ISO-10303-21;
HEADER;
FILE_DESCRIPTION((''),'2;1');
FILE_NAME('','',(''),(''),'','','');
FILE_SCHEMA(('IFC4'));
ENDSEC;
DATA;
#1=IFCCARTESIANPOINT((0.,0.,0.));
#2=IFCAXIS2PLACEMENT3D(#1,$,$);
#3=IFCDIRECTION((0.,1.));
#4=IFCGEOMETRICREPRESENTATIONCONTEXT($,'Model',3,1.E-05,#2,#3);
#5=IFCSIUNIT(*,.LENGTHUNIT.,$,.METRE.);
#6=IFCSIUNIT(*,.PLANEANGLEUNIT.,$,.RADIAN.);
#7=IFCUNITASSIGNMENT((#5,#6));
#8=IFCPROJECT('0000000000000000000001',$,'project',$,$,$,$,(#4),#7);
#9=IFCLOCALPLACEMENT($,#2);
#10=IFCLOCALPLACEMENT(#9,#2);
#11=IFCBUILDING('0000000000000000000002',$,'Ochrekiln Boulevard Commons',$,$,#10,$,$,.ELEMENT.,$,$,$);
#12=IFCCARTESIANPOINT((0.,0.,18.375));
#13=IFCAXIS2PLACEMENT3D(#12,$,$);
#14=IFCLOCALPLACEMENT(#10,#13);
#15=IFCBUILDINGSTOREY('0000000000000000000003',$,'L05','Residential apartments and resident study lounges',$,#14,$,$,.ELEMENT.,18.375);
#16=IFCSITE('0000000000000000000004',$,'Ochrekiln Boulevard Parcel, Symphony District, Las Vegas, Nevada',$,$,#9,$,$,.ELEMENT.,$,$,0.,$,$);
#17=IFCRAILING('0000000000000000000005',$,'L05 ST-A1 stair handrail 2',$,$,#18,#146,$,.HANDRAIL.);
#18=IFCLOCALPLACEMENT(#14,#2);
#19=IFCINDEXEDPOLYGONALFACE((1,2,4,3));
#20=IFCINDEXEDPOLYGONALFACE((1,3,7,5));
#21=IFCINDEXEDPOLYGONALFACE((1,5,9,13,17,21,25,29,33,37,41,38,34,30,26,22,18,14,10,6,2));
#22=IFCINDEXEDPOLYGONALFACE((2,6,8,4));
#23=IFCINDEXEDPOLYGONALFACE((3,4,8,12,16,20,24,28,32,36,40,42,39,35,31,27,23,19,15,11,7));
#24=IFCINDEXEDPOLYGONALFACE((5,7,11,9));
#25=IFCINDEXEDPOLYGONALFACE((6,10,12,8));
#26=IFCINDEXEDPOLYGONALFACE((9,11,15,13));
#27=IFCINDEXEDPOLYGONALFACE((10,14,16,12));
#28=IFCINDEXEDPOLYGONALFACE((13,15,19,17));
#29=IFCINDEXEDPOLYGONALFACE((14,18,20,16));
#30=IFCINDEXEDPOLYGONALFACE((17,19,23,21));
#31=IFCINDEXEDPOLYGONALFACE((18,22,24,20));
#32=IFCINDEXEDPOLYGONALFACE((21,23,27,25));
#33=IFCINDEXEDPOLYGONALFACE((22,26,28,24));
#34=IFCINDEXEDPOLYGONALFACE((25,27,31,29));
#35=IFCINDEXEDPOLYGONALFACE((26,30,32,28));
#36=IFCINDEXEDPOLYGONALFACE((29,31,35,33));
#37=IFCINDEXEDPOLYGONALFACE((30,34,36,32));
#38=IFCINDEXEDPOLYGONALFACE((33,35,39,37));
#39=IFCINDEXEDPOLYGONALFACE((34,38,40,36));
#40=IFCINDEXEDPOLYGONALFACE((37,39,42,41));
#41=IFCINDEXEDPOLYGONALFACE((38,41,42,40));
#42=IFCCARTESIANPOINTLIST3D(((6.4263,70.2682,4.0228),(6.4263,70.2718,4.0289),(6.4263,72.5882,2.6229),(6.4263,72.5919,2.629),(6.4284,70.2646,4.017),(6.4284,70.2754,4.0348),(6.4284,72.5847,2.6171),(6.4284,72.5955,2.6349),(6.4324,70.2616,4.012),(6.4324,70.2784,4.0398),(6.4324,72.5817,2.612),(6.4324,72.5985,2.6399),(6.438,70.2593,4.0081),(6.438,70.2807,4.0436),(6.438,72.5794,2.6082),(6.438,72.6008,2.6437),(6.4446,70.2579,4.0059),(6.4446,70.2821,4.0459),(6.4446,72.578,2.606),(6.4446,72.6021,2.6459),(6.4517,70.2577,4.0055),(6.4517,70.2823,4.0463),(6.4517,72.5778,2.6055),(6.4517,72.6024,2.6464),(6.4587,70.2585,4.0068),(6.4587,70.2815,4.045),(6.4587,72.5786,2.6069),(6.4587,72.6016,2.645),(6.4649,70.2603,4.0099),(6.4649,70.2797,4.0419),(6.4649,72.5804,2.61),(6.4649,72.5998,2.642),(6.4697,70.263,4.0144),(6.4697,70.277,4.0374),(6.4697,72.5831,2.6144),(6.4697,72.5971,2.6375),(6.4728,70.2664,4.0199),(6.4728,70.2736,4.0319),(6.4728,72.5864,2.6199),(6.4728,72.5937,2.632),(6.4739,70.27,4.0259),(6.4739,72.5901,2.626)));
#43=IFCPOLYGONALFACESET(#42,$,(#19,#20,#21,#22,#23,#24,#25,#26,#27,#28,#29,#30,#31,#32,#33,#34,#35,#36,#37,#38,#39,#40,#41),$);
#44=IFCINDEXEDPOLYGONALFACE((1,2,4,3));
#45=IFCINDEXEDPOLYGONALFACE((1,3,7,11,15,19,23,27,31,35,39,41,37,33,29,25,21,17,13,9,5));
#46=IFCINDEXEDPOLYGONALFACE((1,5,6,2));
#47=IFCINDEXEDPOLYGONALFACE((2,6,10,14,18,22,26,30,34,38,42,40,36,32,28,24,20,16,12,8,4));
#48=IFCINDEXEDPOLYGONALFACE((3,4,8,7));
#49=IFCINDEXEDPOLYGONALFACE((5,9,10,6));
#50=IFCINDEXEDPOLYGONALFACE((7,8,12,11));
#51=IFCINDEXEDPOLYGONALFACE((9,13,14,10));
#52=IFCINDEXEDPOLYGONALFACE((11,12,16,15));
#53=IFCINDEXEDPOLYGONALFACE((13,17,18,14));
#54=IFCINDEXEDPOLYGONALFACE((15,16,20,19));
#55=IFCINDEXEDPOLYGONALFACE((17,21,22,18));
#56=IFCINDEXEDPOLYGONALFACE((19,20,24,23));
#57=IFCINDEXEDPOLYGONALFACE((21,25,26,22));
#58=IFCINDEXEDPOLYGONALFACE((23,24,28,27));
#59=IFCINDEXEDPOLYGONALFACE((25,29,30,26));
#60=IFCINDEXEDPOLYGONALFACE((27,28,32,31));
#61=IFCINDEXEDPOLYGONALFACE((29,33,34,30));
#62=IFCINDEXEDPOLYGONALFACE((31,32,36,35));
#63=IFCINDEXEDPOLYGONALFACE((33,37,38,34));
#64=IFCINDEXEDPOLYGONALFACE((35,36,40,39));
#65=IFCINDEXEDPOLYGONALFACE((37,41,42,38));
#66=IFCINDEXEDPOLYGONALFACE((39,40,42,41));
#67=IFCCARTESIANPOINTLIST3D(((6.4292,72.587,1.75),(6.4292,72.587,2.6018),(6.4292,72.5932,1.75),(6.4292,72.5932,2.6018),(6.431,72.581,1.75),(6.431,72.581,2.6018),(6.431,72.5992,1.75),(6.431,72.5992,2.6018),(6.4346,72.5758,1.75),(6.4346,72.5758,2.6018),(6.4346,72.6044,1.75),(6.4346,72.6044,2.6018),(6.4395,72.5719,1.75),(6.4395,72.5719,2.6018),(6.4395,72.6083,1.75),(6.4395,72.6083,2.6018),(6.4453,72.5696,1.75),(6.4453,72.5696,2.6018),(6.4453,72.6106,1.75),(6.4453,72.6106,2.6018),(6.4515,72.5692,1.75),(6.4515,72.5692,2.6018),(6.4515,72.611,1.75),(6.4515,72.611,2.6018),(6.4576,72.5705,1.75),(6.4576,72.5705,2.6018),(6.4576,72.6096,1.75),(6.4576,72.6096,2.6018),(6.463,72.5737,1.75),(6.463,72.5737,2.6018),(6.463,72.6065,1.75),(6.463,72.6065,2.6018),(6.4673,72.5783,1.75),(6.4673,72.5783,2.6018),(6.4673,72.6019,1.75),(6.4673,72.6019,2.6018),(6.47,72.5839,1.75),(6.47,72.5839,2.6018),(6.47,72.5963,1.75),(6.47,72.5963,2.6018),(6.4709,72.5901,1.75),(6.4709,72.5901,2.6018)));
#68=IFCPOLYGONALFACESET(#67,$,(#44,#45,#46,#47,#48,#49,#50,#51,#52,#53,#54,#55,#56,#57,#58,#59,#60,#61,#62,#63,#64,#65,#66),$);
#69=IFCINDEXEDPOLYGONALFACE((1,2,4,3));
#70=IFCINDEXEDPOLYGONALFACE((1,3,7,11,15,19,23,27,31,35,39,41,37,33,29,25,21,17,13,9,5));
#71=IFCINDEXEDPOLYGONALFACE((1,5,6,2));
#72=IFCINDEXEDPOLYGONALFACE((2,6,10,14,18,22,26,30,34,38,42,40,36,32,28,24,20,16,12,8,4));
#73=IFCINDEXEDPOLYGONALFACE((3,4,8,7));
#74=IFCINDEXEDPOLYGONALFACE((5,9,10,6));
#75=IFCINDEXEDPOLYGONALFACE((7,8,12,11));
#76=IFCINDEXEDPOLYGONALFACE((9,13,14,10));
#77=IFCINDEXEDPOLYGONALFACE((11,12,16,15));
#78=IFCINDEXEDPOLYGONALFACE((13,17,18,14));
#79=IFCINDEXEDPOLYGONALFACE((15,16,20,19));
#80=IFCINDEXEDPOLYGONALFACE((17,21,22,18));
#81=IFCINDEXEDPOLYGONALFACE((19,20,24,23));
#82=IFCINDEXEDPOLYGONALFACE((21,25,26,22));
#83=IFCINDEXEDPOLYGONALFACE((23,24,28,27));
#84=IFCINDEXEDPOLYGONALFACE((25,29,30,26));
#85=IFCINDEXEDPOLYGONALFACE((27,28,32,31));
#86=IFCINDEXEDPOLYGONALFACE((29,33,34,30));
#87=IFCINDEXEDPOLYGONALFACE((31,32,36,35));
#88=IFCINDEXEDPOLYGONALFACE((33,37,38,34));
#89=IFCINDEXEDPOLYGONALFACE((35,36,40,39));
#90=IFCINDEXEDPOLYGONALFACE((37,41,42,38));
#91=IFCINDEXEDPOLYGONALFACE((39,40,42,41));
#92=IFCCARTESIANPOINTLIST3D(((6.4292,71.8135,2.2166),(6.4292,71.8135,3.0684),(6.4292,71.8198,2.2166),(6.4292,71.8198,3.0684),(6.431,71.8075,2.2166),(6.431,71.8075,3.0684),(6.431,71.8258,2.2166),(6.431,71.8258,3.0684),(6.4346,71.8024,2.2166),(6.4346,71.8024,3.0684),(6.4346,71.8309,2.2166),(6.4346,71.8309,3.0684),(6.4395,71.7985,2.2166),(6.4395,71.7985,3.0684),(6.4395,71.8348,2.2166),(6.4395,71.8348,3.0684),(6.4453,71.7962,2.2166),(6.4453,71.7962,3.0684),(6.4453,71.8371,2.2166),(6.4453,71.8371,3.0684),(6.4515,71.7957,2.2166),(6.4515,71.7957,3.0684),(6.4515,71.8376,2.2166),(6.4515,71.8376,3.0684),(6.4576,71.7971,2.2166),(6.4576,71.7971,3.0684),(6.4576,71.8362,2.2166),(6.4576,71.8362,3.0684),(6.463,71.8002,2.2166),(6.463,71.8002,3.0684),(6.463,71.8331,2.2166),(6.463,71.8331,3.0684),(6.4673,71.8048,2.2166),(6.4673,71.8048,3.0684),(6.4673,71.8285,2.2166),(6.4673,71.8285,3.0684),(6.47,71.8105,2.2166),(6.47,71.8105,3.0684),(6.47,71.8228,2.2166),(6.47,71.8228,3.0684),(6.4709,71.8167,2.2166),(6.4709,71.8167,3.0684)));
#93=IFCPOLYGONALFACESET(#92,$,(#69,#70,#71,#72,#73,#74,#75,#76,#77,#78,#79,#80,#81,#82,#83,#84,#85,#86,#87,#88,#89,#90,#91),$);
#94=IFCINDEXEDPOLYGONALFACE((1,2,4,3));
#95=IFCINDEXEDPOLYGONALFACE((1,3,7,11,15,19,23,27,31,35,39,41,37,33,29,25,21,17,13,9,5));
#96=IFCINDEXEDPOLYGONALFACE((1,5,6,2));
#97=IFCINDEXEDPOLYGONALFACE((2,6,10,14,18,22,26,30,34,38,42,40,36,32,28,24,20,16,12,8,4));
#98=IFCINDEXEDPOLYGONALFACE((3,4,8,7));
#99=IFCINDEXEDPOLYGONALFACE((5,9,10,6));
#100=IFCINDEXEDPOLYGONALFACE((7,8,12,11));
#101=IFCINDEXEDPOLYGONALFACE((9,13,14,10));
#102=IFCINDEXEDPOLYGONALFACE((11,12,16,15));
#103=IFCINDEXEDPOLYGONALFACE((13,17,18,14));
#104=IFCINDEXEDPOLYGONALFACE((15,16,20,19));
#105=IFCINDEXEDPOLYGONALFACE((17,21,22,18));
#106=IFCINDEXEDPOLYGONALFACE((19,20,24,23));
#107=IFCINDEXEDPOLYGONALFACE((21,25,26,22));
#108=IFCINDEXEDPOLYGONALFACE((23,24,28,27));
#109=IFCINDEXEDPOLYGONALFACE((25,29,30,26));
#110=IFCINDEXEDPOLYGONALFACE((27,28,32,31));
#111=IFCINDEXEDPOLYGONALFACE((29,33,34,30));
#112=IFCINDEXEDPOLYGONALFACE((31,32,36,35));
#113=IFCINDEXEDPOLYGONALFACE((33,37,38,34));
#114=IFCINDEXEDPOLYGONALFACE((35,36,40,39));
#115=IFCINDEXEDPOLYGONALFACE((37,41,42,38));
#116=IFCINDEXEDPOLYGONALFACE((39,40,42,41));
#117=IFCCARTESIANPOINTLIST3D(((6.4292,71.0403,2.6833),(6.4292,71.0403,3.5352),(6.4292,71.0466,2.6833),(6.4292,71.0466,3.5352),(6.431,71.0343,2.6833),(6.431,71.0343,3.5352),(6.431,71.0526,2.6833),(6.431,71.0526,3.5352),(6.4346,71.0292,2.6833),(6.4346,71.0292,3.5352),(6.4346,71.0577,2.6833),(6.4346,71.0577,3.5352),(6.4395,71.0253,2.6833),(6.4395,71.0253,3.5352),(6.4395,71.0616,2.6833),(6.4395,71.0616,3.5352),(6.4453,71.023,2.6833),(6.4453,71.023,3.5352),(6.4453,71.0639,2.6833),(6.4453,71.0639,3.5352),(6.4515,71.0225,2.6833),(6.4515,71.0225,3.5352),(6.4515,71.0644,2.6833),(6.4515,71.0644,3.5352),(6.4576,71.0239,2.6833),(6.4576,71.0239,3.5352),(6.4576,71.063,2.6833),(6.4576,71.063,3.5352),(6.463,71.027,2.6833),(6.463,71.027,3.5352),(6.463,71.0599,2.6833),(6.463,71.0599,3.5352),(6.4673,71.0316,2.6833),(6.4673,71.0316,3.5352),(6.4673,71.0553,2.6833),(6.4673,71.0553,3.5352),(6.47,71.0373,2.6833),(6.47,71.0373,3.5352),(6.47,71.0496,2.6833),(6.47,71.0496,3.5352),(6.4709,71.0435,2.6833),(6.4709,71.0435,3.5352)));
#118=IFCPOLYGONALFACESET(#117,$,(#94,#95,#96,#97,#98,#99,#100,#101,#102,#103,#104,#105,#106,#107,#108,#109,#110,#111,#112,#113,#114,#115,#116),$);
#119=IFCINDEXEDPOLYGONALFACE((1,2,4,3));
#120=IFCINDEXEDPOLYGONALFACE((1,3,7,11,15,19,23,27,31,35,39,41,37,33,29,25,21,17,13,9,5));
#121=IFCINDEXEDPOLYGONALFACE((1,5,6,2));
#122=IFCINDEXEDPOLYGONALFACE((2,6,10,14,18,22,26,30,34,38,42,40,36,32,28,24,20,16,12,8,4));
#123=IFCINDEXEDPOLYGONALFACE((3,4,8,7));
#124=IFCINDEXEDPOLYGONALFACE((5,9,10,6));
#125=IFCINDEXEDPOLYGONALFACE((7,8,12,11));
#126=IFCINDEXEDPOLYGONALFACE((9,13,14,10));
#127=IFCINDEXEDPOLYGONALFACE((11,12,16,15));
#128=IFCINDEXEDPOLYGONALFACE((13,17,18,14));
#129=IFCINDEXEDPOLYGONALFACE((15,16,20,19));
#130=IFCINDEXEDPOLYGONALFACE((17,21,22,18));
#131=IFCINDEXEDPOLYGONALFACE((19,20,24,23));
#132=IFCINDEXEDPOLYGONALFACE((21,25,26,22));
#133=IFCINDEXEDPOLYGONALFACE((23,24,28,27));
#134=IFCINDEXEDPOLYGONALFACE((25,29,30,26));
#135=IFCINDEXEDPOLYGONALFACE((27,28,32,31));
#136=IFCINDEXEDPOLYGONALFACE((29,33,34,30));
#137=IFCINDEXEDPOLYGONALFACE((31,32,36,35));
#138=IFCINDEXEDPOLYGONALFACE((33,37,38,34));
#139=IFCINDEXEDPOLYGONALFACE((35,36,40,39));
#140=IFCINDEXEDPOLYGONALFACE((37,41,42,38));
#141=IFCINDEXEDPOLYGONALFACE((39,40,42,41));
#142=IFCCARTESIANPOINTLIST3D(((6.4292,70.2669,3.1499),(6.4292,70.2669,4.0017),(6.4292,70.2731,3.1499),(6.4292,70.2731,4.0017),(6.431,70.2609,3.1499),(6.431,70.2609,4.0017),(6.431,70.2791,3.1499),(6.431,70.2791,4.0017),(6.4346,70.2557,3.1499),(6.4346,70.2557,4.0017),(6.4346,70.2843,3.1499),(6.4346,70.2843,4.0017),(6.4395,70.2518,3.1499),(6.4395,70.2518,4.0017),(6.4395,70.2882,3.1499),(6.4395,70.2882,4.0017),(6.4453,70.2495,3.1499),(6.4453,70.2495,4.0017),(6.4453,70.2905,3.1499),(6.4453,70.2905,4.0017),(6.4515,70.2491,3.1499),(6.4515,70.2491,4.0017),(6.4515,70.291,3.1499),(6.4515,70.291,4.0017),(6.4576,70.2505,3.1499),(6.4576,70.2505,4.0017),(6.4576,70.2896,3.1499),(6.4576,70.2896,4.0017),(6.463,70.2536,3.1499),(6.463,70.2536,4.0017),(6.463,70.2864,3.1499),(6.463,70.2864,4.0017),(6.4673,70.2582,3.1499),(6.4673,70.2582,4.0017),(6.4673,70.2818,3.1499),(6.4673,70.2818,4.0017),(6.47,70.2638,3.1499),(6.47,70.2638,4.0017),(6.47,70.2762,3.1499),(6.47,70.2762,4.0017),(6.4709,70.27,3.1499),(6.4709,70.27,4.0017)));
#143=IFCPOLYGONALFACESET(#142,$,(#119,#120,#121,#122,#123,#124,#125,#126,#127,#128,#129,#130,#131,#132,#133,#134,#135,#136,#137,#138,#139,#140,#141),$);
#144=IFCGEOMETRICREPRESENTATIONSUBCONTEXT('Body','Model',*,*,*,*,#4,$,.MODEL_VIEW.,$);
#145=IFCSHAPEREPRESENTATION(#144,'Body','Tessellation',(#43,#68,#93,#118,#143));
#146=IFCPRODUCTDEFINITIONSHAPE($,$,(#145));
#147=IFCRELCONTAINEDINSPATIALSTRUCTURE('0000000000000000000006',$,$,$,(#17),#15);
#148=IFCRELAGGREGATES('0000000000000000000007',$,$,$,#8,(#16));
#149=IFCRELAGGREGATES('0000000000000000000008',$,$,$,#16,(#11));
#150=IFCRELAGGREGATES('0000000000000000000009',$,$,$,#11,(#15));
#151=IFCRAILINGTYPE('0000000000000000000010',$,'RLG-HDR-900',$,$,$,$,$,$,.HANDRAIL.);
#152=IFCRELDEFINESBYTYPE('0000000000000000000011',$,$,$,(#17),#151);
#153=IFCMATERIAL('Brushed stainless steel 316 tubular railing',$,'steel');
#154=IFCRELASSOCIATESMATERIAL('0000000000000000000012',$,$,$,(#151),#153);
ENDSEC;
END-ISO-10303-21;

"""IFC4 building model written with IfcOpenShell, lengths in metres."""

from ifc_helpers import new_model, si_unit, direction, frame, origin, origin_2d, place, context, subcontext, project, spatial, circle, extrude, material, type_object, element, save


model = new_model("IFC4")

# Units and contexts
model_context = context("Model", 3, precision=1e-05, world=origin(), true_north=direction((0.0, 1.0)))
body_context = subcontext(model_context, "Body", "Model", "MODEL_VIEW")
ifc_project = project(units=[si_unit("LENGTHUNIT", "METRE"), si_unit("PLANEANGLEUNIT", "RADIAN")], contexts=[model_context])

# Site, building, storey
site_placement = place(None, origin())
site = spatial("IfcSite", under=ifc_project, at=site_placement, Name="Ochrekiln Boulevard Parcel, Symphony District, Las Vegas, Nevada", CompositionType="ELEMENT", RefElevation=0.0)
building_placement = place(site_placement, origin())
building = spatial("IfcBuilding", under=site, at=building_placement, Name="Ochrekiln Boulevard Commons", CompositionType="ELEMENT")
storey_placement = place(building_placement, frame((0.0, 0.0, 18.375)))
storey = spatial("IfcBuildingStorey", under=building, at=storey_placement, Name="L05", Description="Residential apartments and resident study lounges", CompositionType="ELEMENT", Elevation=18.375)

# Railing
ifc_material_1 = material(Name="Brushed stainless steel 316 tubular railing", Category="steel")
railing_type_1 = type_object("IfcRailingType", Name="RLG-HDR-900", PredefinedType="HANDRAIL", material=ifc_material_1)
railing_1_placement = place(storey_placement, frame((6.45, 72.5901, 1.75)))
element("IfcRailing", 1, at=railing_1_placement, inside=storey, type_object=railing_type_1, Name="L05 ST-A1 stair handrail 2", PredefinedType="HANDRAIL", context=body_context, shape_type="SweptSolid", body=[
    extrude(circle(Radius=0.0239, at=origin_2d()), frame((0.0, 0.0, 0.876), z_axis=(0.0, -0.85621, 0.516627), x_axis=(1.0, 0.0, 0.0)), (0.0, 0.0, 1.0), 2.7097),
    extrude(circle(Radius=0.021, at=origin_2d()), origin(), (0.0, 0.0, 1.0), 0.8518),
    extrude(circle(Radius=0.021, at=origin_2d()), frame((0.0, -0.7734, 0.4666)), (0.0, 0.0, 1.0), 0.8518),
    extrude(circle(Radius=0.021, at=origin_2d()), frame((0.0, -1.5466, 0.9333)), (0.0, 0.0, 1.0), 0.8518),
    extrude(circle(Radius=0.021, at=origin_2d()), frame((0.0, -2.3201, 1.3999)), (0.0, 0.0, 1.0), 0.8518),
])

save(model, "model.ifc")
